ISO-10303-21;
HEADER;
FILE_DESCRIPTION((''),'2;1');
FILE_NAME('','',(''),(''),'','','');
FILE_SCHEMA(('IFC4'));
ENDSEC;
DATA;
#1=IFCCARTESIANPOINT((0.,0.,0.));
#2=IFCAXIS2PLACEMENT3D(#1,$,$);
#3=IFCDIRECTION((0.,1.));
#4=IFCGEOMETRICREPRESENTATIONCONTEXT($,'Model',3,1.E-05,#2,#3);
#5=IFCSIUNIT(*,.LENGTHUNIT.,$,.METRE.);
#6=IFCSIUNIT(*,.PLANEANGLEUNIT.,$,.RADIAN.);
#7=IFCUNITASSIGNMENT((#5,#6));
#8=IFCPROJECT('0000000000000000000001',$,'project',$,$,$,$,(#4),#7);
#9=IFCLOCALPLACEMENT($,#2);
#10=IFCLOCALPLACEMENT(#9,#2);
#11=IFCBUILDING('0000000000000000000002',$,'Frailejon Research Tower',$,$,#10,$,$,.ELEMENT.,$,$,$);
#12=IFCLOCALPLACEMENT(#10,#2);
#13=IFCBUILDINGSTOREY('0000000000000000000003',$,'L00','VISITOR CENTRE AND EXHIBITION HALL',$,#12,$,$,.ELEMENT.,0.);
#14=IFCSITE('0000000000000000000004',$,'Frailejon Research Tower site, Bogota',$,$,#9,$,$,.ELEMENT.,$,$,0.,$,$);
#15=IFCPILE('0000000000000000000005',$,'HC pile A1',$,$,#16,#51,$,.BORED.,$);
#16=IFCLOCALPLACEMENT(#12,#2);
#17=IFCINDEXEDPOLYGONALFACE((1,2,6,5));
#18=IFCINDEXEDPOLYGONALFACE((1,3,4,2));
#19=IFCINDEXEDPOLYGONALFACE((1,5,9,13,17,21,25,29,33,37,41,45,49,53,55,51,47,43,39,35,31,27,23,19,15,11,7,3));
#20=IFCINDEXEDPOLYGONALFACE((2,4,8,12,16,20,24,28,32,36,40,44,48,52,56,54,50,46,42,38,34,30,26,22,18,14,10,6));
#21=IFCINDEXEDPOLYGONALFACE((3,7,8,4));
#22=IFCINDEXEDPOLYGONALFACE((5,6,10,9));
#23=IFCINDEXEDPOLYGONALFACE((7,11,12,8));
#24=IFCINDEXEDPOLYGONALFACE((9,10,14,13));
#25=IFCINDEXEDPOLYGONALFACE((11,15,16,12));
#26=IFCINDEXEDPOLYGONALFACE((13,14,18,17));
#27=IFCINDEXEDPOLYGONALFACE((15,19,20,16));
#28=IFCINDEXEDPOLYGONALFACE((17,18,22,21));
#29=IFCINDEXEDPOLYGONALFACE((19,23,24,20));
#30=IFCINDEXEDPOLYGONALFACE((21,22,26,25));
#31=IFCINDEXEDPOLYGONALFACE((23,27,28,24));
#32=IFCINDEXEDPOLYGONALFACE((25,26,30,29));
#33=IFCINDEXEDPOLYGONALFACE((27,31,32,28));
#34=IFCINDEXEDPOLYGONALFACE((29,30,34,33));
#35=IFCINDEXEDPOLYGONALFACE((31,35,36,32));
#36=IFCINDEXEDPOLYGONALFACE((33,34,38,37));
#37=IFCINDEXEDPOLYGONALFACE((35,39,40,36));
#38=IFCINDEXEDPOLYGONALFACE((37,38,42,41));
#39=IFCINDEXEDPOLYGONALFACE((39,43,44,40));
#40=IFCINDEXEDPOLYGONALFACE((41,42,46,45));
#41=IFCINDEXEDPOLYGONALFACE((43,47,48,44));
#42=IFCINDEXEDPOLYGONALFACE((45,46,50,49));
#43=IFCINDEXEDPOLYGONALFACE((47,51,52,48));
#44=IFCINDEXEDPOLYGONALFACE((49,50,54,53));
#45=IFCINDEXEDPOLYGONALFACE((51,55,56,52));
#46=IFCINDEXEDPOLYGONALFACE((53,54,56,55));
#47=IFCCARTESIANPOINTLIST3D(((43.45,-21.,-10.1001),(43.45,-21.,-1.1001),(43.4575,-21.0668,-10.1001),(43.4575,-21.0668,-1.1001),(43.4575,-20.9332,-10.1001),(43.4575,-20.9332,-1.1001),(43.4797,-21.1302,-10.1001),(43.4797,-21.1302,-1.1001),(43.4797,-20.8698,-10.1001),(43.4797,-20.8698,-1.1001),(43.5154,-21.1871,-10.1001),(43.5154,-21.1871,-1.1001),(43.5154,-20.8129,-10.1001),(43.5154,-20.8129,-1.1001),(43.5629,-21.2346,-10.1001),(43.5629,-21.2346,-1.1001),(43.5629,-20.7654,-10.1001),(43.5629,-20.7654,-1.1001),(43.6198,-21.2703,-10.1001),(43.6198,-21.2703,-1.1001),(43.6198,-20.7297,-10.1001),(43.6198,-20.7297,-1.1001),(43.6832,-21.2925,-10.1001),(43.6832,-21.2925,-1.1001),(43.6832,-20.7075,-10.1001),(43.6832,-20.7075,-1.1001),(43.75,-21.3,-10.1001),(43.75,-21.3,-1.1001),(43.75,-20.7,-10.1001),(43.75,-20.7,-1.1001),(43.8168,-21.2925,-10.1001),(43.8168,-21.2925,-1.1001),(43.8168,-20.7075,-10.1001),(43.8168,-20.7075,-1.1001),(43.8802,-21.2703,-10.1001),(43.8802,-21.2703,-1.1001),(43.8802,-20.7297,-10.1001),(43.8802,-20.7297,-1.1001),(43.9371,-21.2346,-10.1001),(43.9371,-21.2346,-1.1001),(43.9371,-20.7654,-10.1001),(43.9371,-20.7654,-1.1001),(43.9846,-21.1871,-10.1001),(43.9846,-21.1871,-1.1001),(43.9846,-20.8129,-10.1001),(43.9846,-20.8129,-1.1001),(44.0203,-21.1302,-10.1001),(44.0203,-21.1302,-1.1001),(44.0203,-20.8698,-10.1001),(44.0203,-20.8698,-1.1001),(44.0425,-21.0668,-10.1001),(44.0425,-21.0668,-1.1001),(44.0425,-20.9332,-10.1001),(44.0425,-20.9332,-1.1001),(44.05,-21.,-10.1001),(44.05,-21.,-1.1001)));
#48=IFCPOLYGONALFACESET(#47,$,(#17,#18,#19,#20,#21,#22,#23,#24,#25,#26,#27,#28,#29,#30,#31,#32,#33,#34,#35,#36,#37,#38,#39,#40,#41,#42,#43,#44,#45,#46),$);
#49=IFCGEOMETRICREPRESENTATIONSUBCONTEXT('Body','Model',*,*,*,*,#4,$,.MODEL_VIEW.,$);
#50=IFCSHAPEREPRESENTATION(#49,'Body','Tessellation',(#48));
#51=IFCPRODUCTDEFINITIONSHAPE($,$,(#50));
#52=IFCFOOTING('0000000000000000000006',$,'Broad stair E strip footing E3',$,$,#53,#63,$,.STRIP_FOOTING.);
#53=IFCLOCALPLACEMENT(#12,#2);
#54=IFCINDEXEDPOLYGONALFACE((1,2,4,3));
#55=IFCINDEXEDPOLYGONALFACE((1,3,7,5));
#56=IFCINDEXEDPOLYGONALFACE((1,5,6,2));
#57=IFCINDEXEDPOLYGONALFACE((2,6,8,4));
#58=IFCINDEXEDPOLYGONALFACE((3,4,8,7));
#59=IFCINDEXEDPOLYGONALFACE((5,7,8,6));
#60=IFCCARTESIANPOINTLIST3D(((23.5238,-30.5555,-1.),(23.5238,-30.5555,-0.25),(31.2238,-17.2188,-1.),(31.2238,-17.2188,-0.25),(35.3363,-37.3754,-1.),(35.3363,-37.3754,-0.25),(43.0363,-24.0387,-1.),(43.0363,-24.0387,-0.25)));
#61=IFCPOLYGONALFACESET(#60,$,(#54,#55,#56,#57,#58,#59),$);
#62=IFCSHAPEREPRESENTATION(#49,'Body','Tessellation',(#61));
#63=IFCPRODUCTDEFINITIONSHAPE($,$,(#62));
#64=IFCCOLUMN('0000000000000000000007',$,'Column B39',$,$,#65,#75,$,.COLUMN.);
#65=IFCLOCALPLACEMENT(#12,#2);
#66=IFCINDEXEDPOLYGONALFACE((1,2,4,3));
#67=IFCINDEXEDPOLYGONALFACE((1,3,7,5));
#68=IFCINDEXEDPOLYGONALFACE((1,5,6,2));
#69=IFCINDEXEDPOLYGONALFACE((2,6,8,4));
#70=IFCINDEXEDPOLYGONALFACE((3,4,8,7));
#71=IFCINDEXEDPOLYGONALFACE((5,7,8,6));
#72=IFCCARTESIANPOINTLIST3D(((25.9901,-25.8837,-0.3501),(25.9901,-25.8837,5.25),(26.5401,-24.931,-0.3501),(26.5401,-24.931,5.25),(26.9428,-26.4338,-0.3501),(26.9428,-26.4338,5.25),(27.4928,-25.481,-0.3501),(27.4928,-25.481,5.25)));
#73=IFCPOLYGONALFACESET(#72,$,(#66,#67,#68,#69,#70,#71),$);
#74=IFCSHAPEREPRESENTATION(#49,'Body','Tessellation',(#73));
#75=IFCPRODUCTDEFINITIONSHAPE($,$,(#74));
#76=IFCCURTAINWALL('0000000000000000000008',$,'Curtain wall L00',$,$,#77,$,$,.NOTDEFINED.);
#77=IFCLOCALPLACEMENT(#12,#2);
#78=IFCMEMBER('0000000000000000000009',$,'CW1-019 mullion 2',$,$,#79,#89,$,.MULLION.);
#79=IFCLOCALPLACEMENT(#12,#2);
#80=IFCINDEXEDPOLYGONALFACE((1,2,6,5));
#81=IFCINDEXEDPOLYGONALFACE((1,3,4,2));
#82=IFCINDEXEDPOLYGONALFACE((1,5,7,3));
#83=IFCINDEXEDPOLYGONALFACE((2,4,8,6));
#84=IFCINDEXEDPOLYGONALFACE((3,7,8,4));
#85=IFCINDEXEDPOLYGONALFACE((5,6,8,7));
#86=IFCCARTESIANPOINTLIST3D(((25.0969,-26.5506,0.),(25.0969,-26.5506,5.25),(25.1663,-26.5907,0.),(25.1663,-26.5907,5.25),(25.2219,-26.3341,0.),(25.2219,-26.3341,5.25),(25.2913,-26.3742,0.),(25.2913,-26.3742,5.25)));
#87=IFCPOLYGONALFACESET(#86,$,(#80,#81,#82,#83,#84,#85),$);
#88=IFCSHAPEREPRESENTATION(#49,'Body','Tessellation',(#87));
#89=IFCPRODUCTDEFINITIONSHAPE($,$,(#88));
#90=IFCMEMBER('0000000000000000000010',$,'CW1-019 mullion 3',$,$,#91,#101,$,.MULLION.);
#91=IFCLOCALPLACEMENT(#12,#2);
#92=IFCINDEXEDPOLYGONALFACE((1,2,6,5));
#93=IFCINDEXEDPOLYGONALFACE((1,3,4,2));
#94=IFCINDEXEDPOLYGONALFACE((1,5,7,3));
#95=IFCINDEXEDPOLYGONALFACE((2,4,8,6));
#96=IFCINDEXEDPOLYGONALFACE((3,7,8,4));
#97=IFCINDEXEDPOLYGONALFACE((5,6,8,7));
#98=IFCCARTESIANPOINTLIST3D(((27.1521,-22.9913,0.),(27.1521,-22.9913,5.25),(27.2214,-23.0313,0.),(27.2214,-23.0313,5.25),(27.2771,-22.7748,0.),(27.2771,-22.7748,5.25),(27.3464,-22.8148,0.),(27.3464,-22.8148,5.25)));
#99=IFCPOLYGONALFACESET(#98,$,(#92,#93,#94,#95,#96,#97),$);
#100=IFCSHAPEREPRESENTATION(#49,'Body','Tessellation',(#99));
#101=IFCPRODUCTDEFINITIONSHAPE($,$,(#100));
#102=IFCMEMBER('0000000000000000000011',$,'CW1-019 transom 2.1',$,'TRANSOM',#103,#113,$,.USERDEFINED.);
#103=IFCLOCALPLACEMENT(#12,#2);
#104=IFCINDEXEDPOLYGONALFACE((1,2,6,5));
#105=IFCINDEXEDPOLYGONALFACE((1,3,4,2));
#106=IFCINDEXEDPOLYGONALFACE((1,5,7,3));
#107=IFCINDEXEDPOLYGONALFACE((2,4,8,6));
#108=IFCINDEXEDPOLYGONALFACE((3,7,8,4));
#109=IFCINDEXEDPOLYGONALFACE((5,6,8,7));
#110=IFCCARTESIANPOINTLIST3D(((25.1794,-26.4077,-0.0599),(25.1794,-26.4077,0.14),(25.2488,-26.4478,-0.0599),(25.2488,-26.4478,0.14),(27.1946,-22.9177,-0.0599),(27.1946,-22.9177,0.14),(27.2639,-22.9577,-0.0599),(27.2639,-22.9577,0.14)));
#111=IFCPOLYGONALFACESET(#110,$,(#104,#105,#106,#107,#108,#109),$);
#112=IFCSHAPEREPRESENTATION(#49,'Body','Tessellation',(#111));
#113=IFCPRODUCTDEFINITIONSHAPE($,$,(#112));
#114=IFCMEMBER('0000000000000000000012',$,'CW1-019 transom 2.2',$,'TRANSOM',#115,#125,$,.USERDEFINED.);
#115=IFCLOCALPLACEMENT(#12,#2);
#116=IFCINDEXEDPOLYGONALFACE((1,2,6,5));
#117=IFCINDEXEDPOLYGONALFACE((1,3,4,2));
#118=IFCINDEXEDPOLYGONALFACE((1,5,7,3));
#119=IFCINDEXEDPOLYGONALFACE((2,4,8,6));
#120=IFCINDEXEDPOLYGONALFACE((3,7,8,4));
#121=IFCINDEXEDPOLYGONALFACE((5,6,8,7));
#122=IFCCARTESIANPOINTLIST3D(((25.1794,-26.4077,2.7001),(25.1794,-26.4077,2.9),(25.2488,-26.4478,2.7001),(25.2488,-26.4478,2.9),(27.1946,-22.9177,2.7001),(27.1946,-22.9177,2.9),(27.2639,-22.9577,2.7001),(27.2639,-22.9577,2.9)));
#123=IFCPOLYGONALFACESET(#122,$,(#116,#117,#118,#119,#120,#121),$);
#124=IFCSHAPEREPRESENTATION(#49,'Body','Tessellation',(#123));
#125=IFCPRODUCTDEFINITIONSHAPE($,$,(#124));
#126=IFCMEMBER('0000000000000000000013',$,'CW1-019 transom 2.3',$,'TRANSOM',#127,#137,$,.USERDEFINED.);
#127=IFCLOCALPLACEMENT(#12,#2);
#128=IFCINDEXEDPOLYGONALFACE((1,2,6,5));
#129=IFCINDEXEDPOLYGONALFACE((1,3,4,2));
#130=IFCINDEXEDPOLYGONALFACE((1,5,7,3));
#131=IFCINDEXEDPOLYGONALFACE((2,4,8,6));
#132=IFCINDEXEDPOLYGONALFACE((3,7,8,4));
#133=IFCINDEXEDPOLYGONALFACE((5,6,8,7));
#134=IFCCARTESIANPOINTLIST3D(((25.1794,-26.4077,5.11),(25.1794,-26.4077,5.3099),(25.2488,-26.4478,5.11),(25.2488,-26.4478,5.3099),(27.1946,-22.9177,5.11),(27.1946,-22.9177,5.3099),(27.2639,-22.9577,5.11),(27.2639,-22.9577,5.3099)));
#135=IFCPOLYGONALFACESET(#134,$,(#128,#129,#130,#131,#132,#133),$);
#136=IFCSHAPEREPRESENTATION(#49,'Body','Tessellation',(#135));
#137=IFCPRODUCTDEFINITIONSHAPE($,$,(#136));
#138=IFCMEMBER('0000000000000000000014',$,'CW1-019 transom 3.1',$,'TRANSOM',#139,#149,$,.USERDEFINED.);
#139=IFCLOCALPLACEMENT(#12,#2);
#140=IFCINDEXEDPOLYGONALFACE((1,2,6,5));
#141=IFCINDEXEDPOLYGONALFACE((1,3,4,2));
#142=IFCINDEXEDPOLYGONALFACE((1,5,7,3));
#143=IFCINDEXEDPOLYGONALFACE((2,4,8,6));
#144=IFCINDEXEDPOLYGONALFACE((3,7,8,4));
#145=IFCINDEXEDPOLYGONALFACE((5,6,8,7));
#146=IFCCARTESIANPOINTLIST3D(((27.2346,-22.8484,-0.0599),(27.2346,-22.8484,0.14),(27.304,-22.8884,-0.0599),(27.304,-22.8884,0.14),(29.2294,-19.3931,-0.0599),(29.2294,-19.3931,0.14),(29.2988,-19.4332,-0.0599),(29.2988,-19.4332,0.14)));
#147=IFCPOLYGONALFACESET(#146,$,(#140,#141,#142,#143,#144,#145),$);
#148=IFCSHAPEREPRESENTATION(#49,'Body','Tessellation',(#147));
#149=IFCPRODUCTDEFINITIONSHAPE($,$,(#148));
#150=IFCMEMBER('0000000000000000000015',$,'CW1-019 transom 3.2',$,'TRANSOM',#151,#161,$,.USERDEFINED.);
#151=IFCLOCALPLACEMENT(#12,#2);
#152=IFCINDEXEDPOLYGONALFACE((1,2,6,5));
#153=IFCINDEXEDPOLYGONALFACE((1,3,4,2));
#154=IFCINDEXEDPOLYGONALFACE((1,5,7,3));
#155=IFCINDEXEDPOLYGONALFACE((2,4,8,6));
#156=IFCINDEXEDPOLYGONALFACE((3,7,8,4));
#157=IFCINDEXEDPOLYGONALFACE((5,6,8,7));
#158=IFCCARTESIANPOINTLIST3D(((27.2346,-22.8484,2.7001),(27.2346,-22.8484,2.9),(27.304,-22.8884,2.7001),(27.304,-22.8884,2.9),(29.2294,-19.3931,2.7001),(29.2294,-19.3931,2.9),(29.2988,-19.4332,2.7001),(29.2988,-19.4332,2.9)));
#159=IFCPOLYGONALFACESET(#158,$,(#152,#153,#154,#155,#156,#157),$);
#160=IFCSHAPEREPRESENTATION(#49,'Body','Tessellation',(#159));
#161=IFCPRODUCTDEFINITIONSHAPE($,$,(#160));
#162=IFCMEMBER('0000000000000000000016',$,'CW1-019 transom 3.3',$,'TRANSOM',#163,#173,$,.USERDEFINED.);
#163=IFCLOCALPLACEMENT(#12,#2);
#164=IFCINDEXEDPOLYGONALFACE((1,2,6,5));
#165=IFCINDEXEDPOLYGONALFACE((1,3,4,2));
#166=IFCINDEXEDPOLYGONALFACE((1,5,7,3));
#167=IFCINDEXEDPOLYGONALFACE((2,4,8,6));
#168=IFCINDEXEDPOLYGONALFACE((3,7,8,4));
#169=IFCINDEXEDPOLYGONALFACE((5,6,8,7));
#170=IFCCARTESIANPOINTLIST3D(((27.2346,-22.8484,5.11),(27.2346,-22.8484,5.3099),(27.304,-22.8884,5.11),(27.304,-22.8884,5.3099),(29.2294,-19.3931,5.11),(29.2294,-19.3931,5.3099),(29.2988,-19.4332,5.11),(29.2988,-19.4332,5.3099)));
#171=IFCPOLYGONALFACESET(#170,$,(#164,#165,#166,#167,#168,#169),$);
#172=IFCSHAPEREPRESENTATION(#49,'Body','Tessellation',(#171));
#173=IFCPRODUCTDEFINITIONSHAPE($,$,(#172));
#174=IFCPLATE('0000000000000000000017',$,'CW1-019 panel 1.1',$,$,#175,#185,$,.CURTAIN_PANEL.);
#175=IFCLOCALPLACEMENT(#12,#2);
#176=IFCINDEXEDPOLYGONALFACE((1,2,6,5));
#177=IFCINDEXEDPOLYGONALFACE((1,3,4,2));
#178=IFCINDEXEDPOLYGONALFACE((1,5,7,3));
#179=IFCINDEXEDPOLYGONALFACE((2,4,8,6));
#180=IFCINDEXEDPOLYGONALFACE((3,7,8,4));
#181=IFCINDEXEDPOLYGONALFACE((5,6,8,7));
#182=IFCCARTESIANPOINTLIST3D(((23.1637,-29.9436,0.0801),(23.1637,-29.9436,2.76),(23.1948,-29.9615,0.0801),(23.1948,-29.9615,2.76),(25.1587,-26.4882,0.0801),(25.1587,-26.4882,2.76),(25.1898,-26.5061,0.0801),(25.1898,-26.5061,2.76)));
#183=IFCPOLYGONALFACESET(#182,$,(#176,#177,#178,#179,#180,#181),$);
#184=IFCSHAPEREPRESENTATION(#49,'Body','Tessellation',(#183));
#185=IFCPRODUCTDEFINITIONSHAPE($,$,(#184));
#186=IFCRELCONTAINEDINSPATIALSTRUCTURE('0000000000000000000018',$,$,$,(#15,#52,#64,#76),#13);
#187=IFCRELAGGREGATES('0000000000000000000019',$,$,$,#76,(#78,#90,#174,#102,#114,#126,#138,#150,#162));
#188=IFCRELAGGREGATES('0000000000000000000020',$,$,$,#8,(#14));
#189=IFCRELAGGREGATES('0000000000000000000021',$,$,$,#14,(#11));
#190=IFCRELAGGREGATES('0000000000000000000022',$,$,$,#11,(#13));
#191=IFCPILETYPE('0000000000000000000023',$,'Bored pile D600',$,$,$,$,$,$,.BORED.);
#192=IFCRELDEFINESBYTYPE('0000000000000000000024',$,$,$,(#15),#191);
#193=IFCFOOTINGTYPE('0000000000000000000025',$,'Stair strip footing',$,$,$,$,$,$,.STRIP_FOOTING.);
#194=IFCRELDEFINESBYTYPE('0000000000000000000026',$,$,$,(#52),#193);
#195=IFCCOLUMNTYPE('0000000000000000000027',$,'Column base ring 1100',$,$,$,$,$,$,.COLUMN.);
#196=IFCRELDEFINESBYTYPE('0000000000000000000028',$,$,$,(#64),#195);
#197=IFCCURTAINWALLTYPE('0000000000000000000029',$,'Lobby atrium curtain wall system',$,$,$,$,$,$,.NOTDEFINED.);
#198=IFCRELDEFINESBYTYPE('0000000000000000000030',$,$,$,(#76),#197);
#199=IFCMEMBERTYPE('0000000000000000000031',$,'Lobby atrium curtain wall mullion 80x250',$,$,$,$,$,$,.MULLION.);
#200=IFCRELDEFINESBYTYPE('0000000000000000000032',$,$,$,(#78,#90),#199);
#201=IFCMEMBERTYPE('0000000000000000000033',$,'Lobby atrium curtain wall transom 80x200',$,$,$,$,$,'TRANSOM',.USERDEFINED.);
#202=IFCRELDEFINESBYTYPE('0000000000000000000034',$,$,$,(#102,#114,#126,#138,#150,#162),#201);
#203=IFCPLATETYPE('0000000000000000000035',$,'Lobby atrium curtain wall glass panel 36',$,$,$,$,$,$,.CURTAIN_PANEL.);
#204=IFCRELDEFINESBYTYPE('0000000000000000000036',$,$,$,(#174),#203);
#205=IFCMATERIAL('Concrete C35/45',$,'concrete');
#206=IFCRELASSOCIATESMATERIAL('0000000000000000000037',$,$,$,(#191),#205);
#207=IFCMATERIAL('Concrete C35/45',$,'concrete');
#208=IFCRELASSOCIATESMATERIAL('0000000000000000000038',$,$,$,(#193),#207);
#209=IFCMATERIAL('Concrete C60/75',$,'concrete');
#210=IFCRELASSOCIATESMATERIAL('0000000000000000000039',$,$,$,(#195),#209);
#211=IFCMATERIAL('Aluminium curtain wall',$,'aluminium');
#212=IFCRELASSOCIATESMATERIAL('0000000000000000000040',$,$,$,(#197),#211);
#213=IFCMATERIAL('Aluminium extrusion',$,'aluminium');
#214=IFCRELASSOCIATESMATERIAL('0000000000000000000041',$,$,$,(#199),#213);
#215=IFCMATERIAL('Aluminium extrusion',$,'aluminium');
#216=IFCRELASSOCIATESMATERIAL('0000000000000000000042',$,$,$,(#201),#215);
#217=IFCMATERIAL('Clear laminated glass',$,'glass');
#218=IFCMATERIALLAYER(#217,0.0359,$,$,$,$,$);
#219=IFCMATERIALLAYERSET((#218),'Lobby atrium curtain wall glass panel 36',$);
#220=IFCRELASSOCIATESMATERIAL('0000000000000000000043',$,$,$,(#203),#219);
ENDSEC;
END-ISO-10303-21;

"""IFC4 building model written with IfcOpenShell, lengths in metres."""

from ifc_helpers import new_model, si_unit, direction, frame, origin, origin_2d, place, context, subcontext, project, spatial, rectangle, circle, extrude, material, layer, layer_set, material_profile, profile_set, type_object, element, aggregate, save


model = new_model("IFC4")

# Units and contexts
model_context = context("Model", 3, precision=1e-05, world=origin(), true_north=direction((0.0, 1.0)))
body_context = subcontext(model_context, "Body", "Model", "MODEL_VIEW")
ifc_project = project(units=[si_unit("LENGTHUNIT", "METRE"), si_unit("PLANEANGLEUNIT", "RADIAN")], contexts=[model_context])

# Site, building, storey
site_placement = place(None, origin())
site = spatial("IfcSite", under=ifc_project, at=site_placement, Name="Frailejon Research Tower site, Bogota", CompositionType="ELEMENT", RefElevation=0.0)
building_placement = place(site_placement, origin())
building = spatial("IfcBuilding", under=site, at=building_placement, Name="Frailejon Research Tower", CompositionType="ELEMENT")
storey_placement = place(building_placement, origin())
storey = spatial("IfcBuildingStorey", under=building, at=storey_placement, Name="L00", Description="VISITOR CENTRE AND EXHIBITION HALL", CompositionType="ELEMENT", Elevation=0.0)

# Pile
ifc_material_1 = material(Name="Concrete C35/45", Category="concrete")
ifc_material_profile_1 = material_profile(ifc_material_1, circle(Radius=0.3, at=origin_2d()), Name="Bored pile D600")
ifc_profile_set_1 = profile_set([ifc_material_profile_1], Name="Concrete C35/45")
pile_type = type_object("IfcPileType", Name="Bored pile D600", PredefinedType="BORED", material=ifc_profile_set_1)
pile_placement = place(storey_placement, frame((43.75, -21.0, -1.1001), z_axis=(0.0, 0.0, -1.0), x_axis=(1.0, 0.0, 0.0)))
element("IfcPile", 1, at=pile_placement, inside=storey, type_object=pile_type, Name="HC pile A1", PredefinedType="BORED", context=body_context, shape_type="SweptSolid", body=[
    extrude(circle(Radius=0.3, at=origin_2d()), origin(), (0.0, 0.0, 1.0), 9.0),
])

# Footing
ifc_material_2 = material(Name="Concrete C35/45", Category="concrete")
footing_type = type_object("IfcFootingType", Name="Stair strip footing", PredefinedType="STRIP_FOOTING", material=ifc_material_2)
footing_placement = place(storey_placement, frame((33.28, -27.2971, -1.0), z_axis=(0.0, 0.0, 1.0), x_axis=(0.5, 0.866025, 0.0)))
element("IfcFooting", 2, at=footing_placement, inside=storey, type_object=footing_type, Name="Broad stair E strip footing E3", PredefinedType="STRIP_FOOTING", context=body_context, shape_type="SweptSolid", body=[
    extrude(rectangle(XDim=15.3999, YDim=13.6399, at=origin_2d()), origin(), (0.0, 0.0, 1.0), 0.75),
])

# Column
ifc_material_3 = material(Name="Concrete C60/75", Category="concrete")
ifc_material_profile_2 = material_profile(ifc_material_3, rectangle(XDim=1.1001, YDim=1.1001, at=origin_2d()), Name="Column base ring 1100")
ifc_profile_set_2 = profile_set([ifc_material_profile_2], Name="Concrete C60/75")
column_type = type_object("IfcColumnType", Name="Column base ring 1100", PredefinedType="COLUMN", material=ifc_profile_set_2)
column_placement = place(storey_placement, frame((26.7415, -25.6824, -0.3501), z_axis=(0.0, 0.0, 1.0), x_axis=(0.5, 0.866025, 0.0)))
element("IfcColumn", 3, at=column_placement, inside=storey, type_object=column_type, Name="Column B39", PredefinedType="COLUMN", context=body_context, shape_type="SweptSolid", body=[
    extrude(rectangle(XDim=1.1001, YDim=1.1001, at=origin_2d()), origin(), (0.0, 0.0, 1.0), 5.6001),
])

# Curtain wall, members, plate
ifc_material_4 = material(Name="Aluminium curtain wall", Category="aluminium")
curtain_wall_type = type_object("IfcCurtainWallType", Name="Lobby atrium curtain wall system", PredefinedType="NOTDEFINED", material=ifc_material_4)
curtain_wall_placement = place(storey_placement, origin())
curtain_wall = element("IfcCurtainWall", 4, at=curtain_wall_placement, inside=storey, type_object=curtain_wall_type, Name="Curtain wall L00", PredefinedType="NOTDEFINED")
ifc_material_5 = material(Name="Aluminium extrusion", Category="aluminium")
ifc_material_profile_3 = material_profile(ifc_material_5, rectangle(XDim=0.0801, YDim=0.25, at=origin_2d()), Name="Lobby atrium curtain wall mullion 80x250")
ifc_profile_set_3 = profile_set([ifc_material_profile_3], Name="Aluminium extrusion")
member_type_1 = type_object("IfcMemberType", Name="Lobby atrium curtain wall mullion 80x250", PredefinedType="MULLION", material=ifc_profile_set_3)
member_1_placement = place(storey_placement, frame((25.1941, -26.4624, 0.0), z_axis=(0.0, 0.0, 1.0), x_axis=(-0.866026, 0.5, 0.0)))
member_1 = element("IfcMember", 5, at=member_1_placement, type_object=member_type_1, Name="CW1-019 mullion 2", PredefinedType="MULLION", context=body_context, shape_type="SweptSolid", body=[
    extrude(rectangle(XDim=0.0801, YDim=0.25, at=origin_2d()), origin(), (0.0, 0.0, 1.0), 5.25),
])
member_2_placement = place(storey_placement, frame((27.2493, -22.9031, 0.0), z_axis=(0.0, 0.0, 1.0), x_axis=(-0.866026, 0.5, 0.0)))
member_2 = element("IfcMember", 6, at=member_2_placement, type_object=member_type_1, Name="CW1-019 mullion 3", PredefinedType="MULLION", context=body_context, shape_type="SweptSolid", body=[
    extrude(rectangle(XDim=0.0801, YDim=0.25, at=origin_2d()), origin(), (0.0, 0.0, 1.0), 5.25),
])
ifc_material_6 = material(Name="Aluminium extrusion", Category="aluminium")
ifc_material_profile_4 = material_profile(ifc_material_6, rectangle(XDim=0.0801, YDim=0.2, at=origin_2d()), Name="Lobby atrium curtain wall transom 80x200")
ifc_profile_set_4 = profile_set([ifc_material_profile_4], Name="Aluminium extrusion")
member_type_2 = type_object("IfcMemberType", Name="Lobby atrium curtain wall transom 80x200", ElementType="TRANSOM", PredefinedType="USERDEFINED", material=ifc_profile_set_4)
member_3_placement = place(storey_placement, frame((25.2141, -26.4277, 0.04), z_axis=(0.500035, 0.866005, 0.0), x_axis=(-0.866005, 0.500035, 0.0)))
member_3 = element("IfcMember", 7, at=member_3_placement, type_object=member_type_2, Name="CW1-019 transom 2.1", ObjectType="TRANSOM", PredefinedType="USERDEFINED", context=body_context, shape_type="SweptSolid", body=[
    extrude(rectangle(XDim=0.0801, YDim=0.2, at=origin_2d()), origin(), (0.0, 0.0, 1.0), 4.03),
])
member_4_placement = place(storey_placement, frame((25.2141, -26.4277, 2.8), z_axis=(0.500035, 0.866005, 0.0), x_axis=(-0.866005, 0.500035, 0.0)))
member_4 = element("IfcMember", 8, at=member_4_placement, type_object=member_type_2, Name="CW1-019 transom 2.2", ObjectType="TRANSOM", PredefinedType="USERDEFINED", context=body_context, shape_type="SweptSolid", body=[
    extrude(rectangle(XDim=0.0801, YDim=0.2, at=origin_2d()), origin(), (0.0, 0.0, 1.0), 4.03),
])
member_5_placement = place(storey_placement, frame((25.2141, -26.4277, 5.21), z_axis=(0.500035, 0.866005, 0.0), x_axis=(-0.866005, 0.500035, 0.0)))
member_5 = element("IfcMember", 9, at=member_5_placement, type_object=member_type_2, Name="CW1-019 transom 2.3", ObjectType="TRANSOM", PredefinedType="USERDEFINED", context=body_context, shape_type="SweptSolid", body=[
    extrude(rectangle(XDim=0.0801, YDim=0.2, at=origin_2d()), origin(), (0.0, 0.0, 1.0), 4.03),
])
member_6_placement = place(storey_placement, frame((27.2693, -22.8684, 0.04), z_axis=(0.499989, 0.866032, 0.0), x_axis=(-0.866032, 0.499989, 0.0)))
member_6 = element("IfcMember", 10, at=member_6_placement, type_object=member_type_2, Name="CW1-019 transom 3.1", ObjectType="TRANSOM", PredefinedType="USERDEFINED", context=body_context, shape_type="SweptSolid", body=[
    extrude(rectangle(XDim=0.0801, YDim=0.2, at=origin_2d()), origin(), (0.0, 0.0, 1.0), 3.9897),
])
member_7_placement = place(storey_placement, frame((27.2693, -22.8684, 2.8), z_axis=(0.499989, 0.866032, 0.0), x_axis=(-0.866032, 0.499989, 0.0)))
member_7 = element("IfcMember", 11, at=member_7_placement, type_object=member_type_2, Name="CW1-019 transom 3.2", ObjectType="TRANSOM", PredefinedType="USERDEFINED", context=body_context, shape_type="SweptSolid", body=[
    extrude(rectangle(XDim=0.0801, YDim=0.2, at=origin_2d()), origin(), (0.0, 0.0, 1.0), 3.9897),
])
member_8_placement = place(storey_placement, frame((27.2693, -22.8684, 5.21), z_axis=(0.499989, 0.866032, 0.0), x_axis=(-0.866032, 0.499989, 0.0)))
member_8 = element("IfcMember", 12, at=member_8_placement, type_object=member_type_2, Name="CW1-019 transom 3.3", ObjectType="TRANSOM", PredefinedType="USERDEFINED", context=body_context, shape_type="SweptSolid", body=[
    extrude(rectangle(XDim=0.0801, YDim=0.2, at=origin_2d()), origin(), (0.0, 0.0, 1.0), 3.9897),
])
ifc_material_7 = material(Name="Clear laminated glass", Category="glass")
ifc_layer_1 = layer(ifc_material_7, 0.0359)
ifc_layer_set_1 = layer_set([ifc_layer_1], Name="Lobby atrium curtain wall glass panel 36")
plate_type = type_object("IfcPlateType", Name="Lobby atrium curtain wall glass panel 36", PredefinedType="CURTAIN_PANEL", material=ifc_layer_set_1)
plate_1_placement = place(storey_placement, frame((24.1768, -28.2249, 0.0801), z_axis=(0.0, 0.0, 1.0), x_axis=(0.5, 0.866026, 0.0)))
plate_1 = element("IfcPlate", 13, at=plate_1_placement, type_object=plate_type, Name="CW1-019 panel 1.1", PredefinedType="CURTAIN_PANEL", context=body_context, shape_type="SweptSolid", body=[
    extrude(rectangle(XDim=3.99, YDim=0.0359, at=origin_2d()), origin(), (0.0, 0.0, 1.0), 2.6799),
])
aggregate(curtain_wall, [member_1, member_2, plate_1, member_3, member_4, member_5, member_6, member_7, member_8])

save(model, "model.ifc")
